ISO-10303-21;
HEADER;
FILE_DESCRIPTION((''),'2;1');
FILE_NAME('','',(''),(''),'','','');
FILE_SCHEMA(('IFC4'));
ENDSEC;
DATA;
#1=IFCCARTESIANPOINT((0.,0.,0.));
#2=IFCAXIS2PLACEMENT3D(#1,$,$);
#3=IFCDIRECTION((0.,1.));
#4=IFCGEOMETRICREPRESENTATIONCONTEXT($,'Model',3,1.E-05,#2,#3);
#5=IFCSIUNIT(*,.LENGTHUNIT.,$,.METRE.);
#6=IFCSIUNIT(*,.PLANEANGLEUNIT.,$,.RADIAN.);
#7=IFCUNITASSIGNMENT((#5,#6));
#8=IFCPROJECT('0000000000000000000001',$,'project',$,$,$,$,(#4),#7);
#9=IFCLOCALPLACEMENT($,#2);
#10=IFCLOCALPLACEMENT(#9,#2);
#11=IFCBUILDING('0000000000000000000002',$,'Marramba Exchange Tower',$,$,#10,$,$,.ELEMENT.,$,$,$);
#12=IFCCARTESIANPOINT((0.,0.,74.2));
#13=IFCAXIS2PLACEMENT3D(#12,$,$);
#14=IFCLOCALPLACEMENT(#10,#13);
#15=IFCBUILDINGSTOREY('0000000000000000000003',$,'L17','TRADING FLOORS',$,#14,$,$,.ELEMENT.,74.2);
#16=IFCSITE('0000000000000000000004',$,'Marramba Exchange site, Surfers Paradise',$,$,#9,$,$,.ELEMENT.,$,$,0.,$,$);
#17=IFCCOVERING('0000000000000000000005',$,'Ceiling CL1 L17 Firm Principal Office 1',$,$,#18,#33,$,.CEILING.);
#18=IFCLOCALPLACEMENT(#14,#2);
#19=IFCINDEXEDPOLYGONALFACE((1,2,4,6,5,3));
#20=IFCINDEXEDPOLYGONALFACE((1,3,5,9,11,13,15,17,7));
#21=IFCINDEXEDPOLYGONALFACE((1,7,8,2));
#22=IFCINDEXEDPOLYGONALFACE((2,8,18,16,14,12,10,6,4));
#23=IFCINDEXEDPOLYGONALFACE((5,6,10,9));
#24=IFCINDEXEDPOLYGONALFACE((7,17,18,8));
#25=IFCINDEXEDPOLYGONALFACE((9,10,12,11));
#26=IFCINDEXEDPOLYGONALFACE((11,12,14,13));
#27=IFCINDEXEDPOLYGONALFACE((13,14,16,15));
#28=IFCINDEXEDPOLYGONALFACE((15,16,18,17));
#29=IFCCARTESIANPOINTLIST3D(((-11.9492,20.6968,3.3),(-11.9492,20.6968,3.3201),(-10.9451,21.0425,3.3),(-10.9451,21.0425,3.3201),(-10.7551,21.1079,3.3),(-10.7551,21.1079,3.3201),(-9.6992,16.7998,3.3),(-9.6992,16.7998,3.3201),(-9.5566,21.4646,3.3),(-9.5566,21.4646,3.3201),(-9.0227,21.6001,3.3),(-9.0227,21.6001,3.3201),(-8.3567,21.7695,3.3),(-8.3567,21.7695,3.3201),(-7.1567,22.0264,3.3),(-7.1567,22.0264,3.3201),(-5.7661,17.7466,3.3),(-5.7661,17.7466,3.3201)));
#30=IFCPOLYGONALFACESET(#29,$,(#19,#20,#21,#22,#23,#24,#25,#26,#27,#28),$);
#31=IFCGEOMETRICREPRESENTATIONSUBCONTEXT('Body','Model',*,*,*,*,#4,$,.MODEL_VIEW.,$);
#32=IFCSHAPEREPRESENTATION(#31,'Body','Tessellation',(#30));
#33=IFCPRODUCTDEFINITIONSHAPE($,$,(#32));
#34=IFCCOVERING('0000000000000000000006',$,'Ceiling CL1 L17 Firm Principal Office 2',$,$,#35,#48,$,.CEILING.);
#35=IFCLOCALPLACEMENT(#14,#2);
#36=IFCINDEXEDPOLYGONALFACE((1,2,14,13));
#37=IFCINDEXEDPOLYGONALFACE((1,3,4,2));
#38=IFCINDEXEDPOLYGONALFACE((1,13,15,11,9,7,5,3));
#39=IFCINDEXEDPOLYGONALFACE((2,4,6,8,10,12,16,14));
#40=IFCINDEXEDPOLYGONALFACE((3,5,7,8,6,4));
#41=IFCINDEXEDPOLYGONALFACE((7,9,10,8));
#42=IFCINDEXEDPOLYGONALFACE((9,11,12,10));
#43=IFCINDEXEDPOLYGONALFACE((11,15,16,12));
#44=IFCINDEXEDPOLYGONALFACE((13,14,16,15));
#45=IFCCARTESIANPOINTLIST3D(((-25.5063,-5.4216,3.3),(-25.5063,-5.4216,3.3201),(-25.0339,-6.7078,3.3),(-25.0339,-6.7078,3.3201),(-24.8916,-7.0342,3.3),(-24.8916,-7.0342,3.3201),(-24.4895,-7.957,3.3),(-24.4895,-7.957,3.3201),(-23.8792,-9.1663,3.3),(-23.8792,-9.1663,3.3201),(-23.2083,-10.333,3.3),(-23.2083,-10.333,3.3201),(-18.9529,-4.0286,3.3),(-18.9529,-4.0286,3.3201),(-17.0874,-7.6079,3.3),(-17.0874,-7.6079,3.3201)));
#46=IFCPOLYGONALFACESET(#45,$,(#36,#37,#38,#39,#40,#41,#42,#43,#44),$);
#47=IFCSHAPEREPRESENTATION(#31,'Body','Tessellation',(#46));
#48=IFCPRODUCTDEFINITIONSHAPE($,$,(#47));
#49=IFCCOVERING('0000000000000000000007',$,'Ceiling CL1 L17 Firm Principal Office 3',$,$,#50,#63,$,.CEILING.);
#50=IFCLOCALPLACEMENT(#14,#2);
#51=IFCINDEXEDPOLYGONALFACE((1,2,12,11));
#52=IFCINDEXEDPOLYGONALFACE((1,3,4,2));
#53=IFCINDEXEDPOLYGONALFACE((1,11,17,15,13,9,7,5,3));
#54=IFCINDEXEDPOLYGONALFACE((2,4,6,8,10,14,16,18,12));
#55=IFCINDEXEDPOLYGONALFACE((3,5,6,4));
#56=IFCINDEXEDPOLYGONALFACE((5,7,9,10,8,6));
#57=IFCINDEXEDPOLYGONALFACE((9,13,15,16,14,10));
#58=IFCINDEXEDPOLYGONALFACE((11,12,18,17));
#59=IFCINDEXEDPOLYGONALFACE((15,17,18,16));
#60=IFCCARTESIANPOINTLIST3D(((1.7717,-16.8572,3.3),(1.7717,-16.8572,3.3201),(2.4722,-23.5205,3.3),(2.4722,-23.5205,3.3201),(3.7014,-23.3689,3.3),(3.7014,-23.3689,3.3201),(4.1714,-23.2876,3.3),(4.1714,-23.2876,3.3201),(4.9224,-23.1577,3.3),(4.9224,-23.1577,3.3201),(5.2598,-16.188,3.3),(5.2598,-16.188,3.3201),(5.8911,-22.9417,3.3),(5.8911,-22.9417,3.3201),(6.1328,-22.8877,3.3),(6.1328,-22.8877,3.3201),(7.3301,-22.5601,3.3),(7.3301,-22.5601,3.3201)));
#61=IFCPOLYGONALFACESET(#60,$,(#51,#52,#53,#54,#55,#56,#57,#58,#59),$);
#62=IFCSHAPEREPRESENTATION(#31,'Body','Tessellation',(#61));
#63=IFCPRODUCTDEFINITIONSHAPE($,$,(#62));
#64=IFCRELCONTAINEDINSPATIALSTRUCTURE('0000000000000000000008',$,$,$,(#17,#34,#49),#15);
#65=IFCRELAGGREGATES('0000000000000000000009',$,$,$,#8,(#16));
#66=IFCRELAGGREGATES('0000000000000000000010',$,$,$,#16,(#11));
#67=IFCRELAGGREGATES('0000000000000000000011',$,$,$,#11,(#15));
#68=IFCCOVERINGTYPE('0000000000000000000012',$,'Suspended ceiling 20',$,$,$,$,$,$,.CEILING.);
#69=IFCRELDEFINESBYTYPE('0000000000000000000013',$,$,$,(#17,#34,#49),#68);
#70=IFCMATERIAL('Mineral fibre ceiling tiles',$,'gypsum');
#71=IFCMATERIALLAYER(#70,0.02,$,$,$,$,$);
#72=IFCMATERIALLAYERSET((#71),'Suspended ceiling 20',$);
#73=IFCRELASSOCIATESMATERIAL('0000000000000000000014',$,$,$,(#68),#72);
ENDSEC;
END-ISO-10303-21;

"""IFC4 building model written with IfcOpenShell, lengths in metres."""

from ifc_helpers import new_model, si_unit, direction, frame, origin, place, context, subcontext, project, spatial, polyline, outline, extrude, material, layer, layer_set, type_object, element, save


model = new_model("IFC4")

# Units and contexts
model_context = context("Model", 3, precision=1e-05, world=origin(), true_north=direction((0.0, 1.0)))
body_context = subcontext(model_context, "Body", "Model", "MODEL_VIEW")
ifc_project = project(units=[si_unit("LENGTHUNIT", "METRE"), si_unit("PLANEANGLEUNIT", "RADIAN")], contexts=[model_context])

# Site, building, storey
site_placement = place(None, origin())
site = spatial("IfcSite", under=ifc_project, at=site_placement, Name="Marramba Exchange site, Surfers Paradise", CompositionType="ELEMENT", RefElevation=0.0)
building_placement = place(site_placement, origin())
building = spatial("IfcBuilding", under=site, at=building_placement, Name="Marramba Exchange Tower", CompositionType="ELEMENT")
storey_placement = place(building_placement, frame((0.0, 0.0, 74.2)))
storey = spatial("IfcBuildingStorey", under=building, at=storey_placement, Name="L17", Description="TRADING FLOORS", CompositionType="ELEMENT", Elevation=74.2)

# Coverings
ifc_material_1 = material(Name="Mineral fibre ceiling tiles", Category="gypsum")
ifc_layer_1 = layer(ifc_material_1, 0.02)
ifc_layer_set_1 = layer_set([ifc_layer_1], Name="Suspended ceiling 20")
covering_type_1 = type_object("IfcCoveringType", Name="Suspended ceiling 20", PredefinedType="CEILING", material=ifc_layer_set_1)
covering_1_placement = place(storey_placement, frame((0.0, 0.0, 3.3)))
element("IfcCovering", 1, at=covering_1_placement, inside=storey, type_object=covering_type_1, Name="Ceiling CL1 L17 Firm Principal Office 1", PredefinedType="CEILING", context=body_context, shape_type="SweptSolid", body=[
    extrude(outline(polyline([(-10.9451, 21.0425), (-10.7551, 21.1079), (-9.5566, 21.4646), (-9.0227, 21.6001), (-8.3567, 21.7695), (-7.1567, 22.0264), (-5.7661, 17.7466), (-9.6992, 16.7998), (-11.9492, 20.6968), (-10.9451, 21.0425)])), origin(), (0.0, 0.0, 1.0), 0.02),
])
covering_2_placement = place(storey_placement, frame((0.0, 0.0, 3.3)))
element("IfcCovering", 2, at=covering_2_placement, inside=storey, type_object=covering_type_1, Name="Ceiling CL1 L17 Firm Principal Office 2", PredefinedType="CEILING", context=body_context, shape_type="SweptSolid", body=[
    extrude(outline(polyline([(-23.8792, -9.1663), (-24.4895, -7.957), (-24.8916, -7.0342), (-25.0339, -6.7078), (-25.5063, -5.4216), (-18.9529, -4.0286), (-17.0874, -7.6079), (-23.2083, -10.333), (-23.8792, -9.1663)])), origin(), (0.0, 0.0, 1.0), 0.02),
])
covering_3_placement = place(storey_placement, frame((0.0, 0.0, 3.3)))
element("IfcCovering", 3, at=covering_3_placement, inside=storey, type_object=covering_type_1, Name="Ceiling CL1 L17 Firm Principal Office 3", PredefinedType="CEILING", context=body_context, shape_type="SweptSolid", body=[
    extrude(outline(polyline([(6.1328, -22.8877), (5.8911, -22.9417), (4.9224, -23.1577), (4.1714, -23.2876), (3.7014, -23.3689), (2.4722, -23.5205), (1.7717, -16.8572), (5.2598, -16.188), (7.3301, -22.5601), (6.1328, -22.8877)])), origin(), (0.0, 0.0, 1.0), 0.02),
])

save(model, "model.ifc")
